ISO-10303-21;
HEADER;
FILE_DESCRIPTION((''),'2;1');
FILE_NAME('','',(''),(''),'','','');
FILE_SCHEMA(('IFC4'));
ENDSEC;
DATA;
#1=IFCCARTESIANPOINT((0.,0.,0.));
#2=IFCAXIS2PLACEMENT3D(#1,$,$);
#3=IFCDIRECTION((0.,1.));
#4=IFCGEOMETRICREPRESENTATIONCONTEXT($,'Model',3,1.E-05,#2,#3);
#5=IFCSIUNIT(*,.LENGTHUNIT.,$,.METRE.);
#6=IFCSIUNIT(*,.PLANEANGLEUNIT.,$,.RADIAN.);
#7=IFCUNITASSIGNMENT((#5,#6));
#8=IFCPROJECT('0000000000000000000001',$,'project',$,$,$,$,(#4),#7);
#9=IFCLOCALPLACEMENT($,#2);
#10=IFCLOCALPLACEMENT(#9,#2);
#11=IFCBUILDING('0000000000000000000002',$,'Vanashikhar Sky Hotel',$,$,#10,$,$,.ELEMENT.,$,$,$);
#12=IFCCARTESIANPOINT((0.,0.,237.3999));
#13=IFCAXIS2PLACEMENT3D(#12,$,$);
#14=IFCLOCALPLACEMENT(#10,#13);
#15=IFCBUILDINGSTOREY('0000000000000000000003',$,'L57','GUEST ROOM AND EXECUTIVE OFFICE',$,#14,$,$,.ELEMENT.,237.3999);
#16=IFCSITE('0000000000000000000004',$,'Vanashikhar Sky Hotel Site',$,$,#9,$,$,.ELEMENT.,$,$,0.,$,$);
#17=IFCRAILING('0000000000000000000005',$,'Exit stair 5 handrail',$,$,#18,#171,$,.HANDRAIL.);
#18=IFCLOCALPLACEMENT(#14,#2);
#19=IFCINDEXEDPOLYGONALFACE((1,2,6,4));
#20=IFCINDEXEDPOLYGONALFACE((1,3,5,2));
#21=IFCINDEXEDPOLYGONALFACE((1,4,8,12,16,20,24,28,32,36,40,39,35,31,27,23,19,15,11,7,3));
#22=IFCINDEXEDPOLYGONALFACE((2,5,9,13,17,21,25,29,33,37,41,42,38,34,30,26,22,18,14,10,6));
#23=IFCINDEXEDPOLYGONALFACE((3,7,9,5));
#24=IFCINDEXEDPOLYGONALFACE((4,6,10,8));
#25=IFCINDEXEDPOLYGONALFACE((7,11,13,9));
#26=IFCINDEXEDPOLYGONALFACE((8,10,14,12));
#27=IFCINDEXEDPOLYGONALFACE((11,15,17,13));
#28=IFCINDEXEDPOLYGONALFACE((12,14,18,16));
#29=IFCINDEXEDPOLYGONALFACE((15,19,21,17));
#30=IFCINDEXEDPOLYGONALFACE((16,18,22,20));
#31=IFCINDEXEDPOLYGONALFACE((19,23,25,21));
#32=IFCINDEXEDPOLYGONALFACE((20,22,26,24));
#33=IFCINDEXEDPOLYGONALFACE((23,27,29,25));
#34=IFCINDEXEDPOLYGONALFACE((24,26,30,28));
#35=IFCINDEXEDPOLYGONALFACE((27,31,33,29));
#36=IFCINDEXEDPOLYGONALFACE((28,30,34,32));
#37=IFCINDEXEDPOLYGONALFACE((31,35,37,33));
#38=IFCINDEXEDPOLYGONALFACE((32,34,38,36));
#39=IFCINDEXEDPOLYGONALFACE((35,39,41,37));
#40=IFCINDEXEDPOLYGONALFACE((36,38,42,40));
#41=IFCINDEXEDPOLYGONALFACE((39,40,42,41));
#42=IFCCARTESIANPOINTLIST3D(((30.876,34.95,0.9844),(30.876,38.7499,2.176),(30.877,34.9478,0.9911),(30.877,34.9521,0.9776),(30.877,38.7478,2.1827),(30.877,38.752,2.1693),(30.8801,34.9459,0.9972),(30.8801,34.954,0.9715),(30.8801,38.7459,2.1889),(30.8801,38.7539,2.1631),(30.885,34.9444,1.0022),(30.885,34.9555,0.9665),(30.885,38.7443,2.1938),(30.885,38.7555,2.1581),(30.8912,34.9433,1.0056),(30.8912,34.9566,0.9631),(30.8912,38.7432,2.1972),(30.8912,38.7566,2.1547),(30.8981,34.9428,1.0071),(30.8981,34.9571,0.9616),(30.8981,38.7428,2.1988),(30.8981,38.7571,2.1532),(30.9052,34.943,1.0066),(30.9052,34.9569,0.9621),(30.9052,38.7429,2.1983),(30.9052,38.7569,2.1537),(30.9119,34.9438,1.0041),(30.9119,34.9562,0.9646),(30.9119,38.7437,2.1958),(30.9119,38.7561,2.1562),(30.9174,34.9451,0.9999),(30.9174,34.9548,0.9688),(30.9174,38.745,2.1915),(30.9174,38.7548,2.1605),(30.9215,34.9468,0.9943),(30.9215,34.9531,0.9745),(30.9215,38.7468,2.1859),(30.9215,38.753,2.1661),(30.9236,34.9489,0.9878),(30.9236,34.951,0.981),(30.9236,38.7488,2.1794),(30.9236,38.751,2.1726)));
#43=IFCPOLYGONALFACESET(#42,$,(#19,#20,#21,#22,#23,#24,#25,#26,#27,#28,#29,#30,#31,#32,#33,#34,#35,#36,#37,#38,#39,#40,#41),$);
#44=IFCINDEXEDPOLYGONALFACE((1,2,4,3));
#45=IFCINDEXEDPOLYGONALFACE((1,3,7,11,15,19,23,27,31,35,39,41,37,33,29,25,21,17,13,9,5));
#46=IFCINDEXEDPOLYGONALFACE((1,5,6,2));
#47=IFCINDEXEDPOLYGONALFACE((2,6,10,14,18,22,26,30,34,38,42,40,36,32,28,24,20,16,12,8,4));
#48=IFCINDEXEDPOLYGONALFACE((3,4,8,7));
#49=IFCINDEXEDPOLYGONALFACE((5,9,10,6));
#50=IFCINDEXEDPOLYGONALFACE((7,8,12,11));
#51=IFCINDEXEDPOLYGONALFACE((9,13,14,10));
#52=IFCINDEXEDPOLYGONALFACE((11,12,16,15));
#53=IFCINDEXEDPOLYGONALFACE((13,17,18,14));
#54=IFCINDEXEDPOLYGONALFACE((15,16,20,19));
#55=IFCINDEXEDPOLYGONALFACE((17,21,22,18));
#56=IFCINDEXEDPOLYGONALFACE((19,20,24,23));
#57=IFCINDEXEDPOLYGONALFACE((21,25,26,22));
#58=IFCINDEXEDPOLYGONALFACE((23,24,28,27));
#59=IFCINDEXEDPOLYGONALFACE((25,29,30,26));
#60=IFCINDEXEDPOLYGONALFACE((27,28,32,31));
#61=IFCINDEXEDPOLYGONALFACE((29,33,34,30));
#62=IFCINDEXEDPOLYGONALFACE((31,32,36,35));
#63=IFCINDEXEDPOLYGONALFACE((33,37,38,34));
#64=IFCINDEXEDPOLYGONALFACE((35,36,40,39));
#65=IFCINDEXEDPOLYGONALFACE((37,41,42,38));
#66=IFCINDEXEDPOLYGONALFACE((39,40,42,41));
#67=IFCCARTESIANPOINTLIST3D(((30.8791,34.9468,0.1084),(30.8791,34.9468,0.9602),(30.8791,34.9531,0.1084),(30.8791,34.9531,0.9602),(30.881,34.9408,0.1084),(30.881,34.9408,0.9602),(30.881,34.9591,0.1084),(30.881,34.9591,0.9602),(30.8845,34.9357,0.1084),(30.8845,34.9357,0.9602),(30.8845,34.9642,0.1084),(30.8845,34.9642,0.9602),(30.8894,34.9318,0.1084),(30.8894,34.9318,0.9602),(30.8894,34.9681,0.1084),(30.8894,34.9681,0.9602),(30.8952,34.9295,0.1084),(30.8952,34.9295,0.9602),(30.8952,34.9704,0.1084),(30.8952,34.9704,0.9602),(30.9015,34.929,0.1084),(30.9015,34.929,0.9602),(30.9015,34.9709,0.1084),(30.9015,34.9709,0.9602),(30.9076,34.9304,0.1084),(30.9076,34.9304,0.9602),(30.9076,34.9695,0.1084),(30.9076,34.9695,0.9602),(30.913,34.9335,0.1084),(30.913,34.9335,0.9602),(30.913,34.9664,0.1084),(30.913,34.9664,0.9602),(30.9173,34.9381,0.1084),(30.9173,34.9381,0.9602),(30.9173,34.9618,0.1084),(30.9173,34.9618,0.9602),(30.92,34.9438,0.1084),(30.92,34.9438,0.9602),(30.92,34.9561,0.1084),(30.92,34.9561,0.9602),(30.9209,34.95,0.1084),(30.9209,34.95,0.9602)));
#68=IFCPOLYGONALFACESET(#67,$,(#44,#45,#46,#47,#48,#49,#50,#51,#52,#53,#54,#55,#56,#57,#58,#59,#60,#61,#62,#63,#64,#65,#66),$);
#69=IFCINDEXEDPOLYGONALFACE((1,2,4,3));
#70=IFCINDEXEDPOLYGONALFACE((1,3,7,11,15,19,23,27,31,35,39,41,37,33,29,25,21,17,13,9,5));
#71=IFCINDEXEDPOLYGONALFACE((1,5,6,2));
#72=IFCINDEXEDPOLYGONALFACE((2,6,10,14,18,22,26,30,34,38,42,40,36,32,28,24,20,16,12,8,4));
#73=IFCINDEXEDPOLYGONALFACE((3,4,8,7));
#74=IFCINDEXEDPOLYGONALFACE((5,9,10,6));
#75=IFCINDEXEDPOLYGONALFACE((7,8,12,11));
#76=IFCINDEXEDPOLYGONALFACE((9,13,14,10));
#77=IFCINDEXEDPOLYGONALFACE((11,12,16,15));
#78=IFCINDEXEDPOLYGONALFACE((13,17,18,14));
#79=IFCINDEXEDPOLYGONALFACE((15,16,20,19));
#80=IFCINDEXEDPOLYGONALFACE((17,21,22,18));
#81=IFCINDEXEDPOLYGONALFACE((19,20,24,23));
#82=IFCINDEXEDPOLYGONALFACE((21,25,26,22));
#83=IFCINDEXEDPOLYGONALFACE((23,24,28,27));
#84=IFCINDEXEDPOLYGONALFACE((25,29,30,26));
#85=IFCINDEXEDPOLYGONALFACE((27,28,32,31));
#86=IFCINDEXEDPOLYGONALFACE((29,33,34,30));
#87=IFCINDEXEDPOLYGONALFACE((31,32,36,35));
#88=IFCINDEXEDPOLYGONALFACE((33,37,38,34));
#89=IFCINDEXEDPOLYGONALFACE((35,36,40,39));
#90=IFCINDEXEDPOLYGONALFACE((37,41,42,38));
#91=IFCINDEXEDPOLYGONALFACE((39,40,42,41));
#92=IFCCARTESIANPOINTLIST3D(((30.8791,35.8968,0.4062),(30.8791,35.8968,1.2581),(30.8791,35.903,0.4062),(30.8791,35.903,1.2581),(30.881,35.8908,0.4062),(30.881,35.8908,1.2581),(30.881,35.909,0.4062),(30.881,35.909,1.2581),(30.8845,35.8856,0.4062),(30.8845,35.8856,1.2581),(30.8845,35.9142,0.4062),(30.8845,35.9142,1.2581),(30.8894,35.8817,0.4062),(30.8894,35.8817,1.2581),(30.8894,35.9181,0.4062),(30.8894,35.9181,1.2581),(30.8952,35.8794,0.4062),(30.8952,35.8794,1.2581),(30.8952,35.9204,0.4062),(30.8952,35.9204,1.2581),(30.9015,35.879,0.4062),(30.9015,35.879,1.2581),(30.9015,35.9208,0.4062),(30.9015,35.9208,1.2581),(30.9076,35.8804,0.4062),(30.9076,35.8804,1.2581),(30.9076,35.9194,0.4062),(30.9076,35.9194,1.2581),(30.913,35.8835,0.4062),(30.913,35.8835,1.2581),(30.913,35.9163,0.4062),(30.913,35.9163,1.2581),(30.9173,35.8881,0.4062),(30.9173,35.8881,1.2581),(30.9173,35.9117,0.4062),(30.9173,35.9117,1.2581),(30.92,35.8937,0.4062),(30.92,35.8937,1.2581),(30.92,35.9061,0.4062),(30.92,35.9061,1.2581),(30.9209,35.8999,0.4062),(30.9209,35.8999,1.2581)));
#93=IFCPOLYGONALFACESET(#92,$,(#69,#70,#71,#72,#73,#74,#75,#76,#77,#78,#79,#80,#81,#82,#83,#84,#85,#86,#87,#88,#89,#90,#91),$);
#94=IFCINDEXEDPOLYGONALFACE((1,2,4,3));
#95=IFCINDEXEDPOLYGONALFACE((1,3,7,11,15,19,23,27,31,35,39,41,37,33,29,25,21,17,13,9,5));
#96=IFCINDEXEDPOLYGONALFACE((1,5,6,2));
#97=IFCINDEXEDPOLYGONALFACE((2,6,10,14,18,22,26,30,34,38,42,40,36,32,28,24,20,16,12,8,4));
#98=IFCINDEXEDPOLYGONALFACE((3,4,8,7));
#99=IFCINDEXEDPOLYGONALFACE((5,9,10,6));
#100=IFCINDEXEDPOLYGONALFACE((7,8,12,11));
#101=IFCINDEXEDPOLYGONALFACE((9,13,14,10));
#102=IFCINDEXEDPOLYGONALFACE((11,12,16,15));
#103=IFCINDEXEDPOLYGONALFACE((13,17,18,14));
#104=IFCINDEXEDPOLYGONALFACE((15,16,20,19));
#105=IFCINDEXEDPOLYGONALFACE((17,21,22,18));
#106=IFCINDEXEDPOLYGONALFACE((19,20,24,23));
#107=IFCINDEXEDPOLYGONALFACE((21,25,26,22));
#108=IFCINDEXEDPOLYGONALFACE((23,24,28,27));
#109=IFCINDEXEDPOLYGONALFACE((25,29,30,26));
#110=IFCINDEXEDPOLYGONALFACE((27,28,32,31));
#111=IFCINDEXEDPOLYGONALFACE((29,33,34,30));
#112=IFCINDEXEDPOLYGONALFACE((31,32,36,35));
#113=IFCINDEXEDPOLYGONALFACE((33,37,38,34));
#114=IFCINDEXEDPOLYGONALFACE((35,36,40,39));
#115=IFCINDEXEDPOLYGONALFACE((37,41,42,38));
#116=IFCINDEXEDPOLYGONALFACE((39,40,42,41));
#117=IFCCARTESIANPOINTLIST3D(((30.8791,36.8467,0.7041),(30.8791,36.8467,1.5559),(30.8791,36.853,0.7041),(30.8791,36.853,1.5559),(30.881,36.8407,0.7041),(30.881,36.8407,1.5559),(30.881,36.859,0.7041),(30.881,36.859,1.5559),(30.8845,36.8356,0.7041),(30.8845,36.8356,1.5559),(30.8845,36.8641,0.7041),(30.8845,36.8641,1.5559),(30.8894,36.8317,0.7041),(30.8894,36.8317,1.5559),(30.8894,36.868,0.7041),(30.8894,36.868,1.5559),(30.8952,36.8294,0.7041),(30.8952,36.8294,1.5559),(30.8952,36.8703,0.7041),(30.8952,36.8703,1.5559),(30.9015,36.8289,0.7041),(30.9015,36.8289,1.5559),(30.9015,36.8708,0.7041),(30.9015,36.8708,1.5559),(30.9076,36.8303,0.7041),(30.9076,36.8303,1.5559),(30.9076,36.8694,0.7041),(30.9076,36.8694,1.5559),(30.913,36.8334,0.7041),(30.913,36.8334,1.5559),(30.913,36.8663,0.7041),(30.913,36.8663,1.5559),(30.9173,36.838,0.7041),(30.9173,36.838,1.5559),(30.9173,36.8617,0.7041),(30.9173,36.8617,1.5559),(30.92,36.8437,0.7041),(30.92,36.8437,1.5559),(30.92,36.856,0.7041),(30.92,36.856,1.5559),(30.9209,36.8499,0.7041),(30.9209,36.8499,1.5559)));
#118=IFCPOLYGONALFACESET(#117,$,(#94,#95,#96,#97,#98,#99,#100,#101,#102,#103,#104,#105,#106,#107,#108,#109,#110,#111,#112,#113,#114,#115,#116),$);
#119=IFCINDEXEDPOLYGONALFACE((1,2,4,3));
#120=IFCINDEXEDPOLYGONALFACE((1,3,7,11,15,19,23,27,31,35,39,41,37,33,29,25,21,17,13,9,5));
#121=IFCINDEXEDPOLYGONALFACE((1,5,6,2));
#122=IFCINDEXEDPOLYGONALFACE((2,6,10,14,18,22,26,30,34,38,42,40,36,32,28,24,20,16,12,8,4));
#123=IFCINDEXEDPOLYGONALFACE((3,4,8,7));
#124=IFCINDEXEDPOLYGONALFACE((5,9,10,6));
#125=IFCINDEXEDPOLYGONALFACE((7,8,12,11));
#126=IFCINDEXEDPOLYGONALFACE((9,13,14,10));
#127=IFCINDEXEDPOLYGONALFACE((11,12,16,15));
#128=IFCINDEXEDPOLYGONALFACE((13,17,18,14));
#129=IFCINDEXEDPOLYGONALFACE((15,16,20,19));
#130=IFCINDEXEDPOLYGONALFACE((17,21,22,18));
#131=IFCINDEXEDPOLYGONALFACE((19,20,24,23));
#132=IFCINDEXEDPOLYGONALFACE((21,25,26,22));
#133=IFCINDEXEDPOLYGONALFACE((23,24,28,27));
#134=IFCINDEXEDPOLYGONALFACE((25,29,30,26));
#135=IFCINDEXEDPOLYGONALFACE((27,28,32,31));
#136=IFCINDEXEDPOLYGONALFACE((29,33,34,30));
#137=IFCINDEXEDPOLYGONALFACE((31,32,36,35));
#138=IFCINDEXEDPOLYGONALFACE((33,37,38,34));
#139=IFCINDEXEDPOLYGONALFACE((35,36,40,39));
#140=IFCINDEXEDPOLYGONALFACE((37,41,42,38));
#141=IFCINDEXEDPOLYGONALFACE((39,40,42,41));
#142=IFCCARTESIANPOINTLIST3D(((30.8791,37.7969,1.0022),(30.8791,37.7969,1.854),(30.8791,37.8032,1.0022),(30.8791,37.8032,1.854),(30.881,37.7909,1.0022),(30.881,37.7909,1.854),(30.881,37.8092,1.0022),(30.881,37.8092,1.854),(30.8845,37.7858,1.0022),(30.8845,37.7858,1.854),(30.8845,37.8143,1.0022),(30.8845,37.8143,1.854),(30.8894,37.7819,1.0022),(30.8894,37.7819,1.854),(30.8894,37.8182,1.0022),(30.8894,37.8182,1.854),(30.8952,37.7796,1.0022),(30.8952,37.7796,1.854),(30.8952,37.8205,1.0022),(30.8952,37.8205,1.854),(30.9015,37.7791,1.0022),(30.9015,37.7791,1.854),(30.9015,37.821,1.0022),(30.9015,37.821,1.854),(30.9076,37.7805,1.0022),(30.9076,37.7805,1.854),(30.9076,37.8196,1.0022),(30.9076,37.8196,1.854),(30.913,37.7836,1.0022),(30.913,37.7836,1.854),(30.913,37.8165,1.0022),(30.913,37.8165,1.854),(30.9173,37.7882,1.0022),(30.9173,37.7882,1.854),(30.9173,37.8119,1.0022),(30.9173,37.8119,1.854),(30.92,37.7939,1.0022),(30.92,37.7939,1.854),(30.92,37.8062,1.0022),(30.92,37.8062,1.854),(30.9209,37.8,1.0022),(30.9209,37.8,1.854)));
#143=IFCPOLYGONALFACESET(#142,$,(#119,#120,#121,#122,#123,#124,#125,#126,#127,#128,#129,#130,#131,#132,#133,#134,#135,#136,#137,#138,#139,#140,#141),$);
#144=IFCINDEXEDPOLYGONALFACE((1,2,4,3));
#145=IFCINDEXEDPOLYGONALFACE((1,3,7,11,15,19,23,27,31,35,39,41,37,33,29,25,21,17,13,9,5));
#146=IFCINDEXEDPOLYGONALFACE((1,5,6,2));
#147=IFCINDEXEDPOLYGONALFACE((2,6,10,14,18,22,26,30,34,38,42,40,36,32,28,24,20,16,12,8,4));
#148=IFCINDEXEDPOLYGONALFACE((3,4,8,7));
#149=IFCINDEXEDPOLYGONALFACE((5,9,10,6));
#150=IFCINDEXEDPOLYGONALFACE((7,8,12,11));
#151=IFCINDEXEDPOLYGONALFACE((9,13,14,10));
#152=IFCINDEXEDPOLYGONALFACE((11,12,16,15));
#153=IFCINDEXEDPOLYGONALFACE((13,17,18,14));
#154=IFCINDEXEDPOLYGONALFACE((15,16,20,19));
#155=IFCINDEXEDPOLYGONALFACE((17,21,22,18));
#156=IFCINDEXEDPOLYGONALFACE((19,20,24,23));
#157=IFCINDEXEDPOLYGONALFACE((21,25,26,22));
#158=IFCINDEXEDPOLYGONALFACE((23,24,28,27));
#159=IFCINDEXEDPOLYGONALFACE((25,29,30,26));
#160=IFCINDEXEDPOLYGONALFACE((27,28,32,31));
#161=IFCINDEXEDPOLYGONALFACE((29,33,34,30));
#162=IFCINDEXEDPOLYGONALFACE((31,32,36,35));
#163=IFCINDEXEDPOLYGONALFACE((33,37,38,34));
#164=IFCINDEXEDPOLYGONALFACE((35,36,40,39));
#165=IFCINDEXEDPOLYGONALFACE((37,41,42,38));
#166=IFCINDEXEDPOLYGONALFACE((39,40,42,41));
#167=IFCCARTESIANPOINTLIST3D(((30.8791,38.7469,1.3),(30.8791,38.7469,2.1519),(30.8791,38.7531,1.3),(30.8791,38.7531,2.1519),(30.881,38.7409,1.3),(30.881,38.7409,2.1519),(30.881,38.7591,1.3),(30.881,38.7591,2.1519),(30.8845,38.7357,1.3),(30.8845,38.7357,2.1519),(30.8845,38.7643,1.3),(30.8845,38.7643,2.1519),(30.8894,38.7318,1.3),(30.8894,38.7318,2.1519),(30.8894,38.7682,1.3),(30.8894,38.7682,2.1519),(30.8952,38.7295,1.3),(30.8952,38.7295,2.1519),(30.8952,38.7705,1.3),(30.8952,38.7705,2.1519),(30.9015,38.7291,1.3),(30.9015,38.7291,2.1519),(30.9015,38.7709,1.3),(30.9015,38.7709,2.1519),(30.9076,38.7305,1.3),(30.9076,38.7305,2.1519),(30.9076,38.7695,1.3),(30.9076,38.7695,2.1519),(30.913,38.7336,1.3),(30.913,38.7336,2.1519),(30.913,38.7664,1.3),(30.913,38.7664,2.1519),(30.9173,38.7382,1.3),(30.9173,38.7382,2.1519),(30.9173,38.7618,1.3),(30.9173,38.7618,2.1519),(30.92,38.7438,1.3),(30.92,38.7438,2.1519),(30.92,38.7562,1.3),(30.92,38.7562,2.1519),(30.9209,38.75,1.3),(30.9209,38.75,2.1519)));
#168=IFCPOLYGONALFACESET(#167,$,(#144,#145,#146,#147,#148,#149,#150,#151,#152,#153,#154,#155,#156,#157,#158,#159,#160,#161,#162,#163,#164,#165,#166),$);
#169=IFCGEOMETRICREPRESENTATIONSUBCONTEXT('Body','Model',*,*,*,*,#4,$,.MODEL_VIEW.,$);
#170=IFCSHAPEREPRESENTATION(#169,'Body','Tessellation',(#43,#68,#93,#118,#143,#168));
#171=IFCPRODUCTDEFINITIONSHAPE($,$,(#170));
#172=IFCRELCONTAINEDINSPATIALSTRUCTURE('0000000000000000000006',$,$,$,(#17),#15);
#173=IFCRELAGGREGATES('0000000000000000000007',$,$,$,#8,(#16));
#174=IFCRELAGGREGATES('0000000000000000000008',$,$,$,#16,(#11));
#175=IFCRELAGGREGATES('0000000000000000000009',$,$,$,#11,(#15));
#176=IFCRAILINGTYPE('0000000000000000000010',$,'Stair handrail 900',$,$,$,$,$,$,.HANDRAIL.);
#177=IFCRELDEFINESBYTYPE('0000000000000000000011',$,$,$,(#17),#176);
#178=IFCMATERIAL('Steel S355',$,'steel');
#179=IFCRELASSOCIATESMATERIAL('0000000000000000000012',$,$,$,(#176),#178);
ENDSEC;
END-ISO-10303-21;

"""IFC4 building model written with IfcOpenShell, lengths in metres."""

from ifc_helpers import new_model, si_unit, direction, frame, origin, origin_2d, place, context, subcontext, project, spatial, circle, extrude, source, transform, mapped, material, type_object, element, save


model = new_model("IFC4")

# Units and contexts
model_context = context("Model", 3, precision=1e-05, world=origin(), true_north=direction((0.0, 1.0)))
body_context = subcontext(model_context, "Body", "Model", "MODEL_VIEW")
ifc_project = project(units=[si_unit("LENGTHUNIT", "METRE"), si_unit("PLANEANGLEUNIT", "RADIAN")], contexts=[model_context])

# Site, building, storey
site_placement = place(None, origin())
site = spatial("IfcSite", under=ifc_project, at=site_placement, Name="Vanashikhar Sky Hotel Site", CompositionType="ELEMENT", RefElevation=0.0)
building_placement = place(site_placement, origin())
building = spatial("IfcBuilding", under=site, at=building_placement, Name="Vanashikhar Sky Hotel", CompositionType="ELEMENT")
storey_placement = place(building_placement, frame((0.0, 0.0, 237.3999)))
storey = spatial("IfcBuildingStorey", under=building, at=storey_placement, Name="L57", Description="GUEST ROOM AND EXECUTIVE OFFICE", CompositionType="ELEMENT", Elevation=237.3999)

# Railing
ifc_material_1 = material(Name="Steel S355", Category="steel")
railing_type_1 = type_object("IfcRailingType", Name="Stair handrail 900", PredefinedType="HANDRAIL", material=ifc_material_1)
shared_shape_1 = source(origin(), body_context, "Body", "SweptSolid", [
    extrude(circle(Radius=0.0239, at=origin_2d()), frame((0.0, 0.0, 0.876), z_axis=(0.0, 0.954184, 0.299221), x_axis=(-1.0, 0.0, 0.0)), (0.0, 0.0, 1.0), 3.9824),
    extrude(circle(Radius=0.021, at=origin_2d()), origin(), (0.0, 0.0, 1.0), 0.8518),
    extrude(circle(Radius=0.021, at=origin_2d()), frame((0.0, 0.95, 0.2979)), (0.0, 0.0, 1.0), 0.8518),
    extrude(circle(Radius=0.021, at=origin_2d()), frame((0.0, 1.8999, 0.5957)), (0.0, 0.0, 1.0), 0.8518),
    extrude(circle(Radius=0.021, at=origin_2d()), frame((0.0, 2.8501, 0.8938)), (0.0, 0.0, 1.0), 0.8518),
    extrude(circle(Radius=0.021, at=origin_2d()), frame((0.0, 3.8, 1.1917)), (0.0, 0.0, 1.0), 0.8518),
])
for number, where, name in (
    (1, (30.8999, 34.95, 0.1084), "Exit stair 5 handrail"),
):
    element("IfcRailing", number, at=place(storey_placement, frame(where)), inside=storey, type_object=railing_type_1, Name=name, PredefinedType="HANDRAIL", context=body_context, shape_type="MappedRepresentation", body=[
        mapped(shared_shape_1, transform((0.0, 0.0, 0.0), scale=1.0)),
    ])

save(model, "model.ifc")
